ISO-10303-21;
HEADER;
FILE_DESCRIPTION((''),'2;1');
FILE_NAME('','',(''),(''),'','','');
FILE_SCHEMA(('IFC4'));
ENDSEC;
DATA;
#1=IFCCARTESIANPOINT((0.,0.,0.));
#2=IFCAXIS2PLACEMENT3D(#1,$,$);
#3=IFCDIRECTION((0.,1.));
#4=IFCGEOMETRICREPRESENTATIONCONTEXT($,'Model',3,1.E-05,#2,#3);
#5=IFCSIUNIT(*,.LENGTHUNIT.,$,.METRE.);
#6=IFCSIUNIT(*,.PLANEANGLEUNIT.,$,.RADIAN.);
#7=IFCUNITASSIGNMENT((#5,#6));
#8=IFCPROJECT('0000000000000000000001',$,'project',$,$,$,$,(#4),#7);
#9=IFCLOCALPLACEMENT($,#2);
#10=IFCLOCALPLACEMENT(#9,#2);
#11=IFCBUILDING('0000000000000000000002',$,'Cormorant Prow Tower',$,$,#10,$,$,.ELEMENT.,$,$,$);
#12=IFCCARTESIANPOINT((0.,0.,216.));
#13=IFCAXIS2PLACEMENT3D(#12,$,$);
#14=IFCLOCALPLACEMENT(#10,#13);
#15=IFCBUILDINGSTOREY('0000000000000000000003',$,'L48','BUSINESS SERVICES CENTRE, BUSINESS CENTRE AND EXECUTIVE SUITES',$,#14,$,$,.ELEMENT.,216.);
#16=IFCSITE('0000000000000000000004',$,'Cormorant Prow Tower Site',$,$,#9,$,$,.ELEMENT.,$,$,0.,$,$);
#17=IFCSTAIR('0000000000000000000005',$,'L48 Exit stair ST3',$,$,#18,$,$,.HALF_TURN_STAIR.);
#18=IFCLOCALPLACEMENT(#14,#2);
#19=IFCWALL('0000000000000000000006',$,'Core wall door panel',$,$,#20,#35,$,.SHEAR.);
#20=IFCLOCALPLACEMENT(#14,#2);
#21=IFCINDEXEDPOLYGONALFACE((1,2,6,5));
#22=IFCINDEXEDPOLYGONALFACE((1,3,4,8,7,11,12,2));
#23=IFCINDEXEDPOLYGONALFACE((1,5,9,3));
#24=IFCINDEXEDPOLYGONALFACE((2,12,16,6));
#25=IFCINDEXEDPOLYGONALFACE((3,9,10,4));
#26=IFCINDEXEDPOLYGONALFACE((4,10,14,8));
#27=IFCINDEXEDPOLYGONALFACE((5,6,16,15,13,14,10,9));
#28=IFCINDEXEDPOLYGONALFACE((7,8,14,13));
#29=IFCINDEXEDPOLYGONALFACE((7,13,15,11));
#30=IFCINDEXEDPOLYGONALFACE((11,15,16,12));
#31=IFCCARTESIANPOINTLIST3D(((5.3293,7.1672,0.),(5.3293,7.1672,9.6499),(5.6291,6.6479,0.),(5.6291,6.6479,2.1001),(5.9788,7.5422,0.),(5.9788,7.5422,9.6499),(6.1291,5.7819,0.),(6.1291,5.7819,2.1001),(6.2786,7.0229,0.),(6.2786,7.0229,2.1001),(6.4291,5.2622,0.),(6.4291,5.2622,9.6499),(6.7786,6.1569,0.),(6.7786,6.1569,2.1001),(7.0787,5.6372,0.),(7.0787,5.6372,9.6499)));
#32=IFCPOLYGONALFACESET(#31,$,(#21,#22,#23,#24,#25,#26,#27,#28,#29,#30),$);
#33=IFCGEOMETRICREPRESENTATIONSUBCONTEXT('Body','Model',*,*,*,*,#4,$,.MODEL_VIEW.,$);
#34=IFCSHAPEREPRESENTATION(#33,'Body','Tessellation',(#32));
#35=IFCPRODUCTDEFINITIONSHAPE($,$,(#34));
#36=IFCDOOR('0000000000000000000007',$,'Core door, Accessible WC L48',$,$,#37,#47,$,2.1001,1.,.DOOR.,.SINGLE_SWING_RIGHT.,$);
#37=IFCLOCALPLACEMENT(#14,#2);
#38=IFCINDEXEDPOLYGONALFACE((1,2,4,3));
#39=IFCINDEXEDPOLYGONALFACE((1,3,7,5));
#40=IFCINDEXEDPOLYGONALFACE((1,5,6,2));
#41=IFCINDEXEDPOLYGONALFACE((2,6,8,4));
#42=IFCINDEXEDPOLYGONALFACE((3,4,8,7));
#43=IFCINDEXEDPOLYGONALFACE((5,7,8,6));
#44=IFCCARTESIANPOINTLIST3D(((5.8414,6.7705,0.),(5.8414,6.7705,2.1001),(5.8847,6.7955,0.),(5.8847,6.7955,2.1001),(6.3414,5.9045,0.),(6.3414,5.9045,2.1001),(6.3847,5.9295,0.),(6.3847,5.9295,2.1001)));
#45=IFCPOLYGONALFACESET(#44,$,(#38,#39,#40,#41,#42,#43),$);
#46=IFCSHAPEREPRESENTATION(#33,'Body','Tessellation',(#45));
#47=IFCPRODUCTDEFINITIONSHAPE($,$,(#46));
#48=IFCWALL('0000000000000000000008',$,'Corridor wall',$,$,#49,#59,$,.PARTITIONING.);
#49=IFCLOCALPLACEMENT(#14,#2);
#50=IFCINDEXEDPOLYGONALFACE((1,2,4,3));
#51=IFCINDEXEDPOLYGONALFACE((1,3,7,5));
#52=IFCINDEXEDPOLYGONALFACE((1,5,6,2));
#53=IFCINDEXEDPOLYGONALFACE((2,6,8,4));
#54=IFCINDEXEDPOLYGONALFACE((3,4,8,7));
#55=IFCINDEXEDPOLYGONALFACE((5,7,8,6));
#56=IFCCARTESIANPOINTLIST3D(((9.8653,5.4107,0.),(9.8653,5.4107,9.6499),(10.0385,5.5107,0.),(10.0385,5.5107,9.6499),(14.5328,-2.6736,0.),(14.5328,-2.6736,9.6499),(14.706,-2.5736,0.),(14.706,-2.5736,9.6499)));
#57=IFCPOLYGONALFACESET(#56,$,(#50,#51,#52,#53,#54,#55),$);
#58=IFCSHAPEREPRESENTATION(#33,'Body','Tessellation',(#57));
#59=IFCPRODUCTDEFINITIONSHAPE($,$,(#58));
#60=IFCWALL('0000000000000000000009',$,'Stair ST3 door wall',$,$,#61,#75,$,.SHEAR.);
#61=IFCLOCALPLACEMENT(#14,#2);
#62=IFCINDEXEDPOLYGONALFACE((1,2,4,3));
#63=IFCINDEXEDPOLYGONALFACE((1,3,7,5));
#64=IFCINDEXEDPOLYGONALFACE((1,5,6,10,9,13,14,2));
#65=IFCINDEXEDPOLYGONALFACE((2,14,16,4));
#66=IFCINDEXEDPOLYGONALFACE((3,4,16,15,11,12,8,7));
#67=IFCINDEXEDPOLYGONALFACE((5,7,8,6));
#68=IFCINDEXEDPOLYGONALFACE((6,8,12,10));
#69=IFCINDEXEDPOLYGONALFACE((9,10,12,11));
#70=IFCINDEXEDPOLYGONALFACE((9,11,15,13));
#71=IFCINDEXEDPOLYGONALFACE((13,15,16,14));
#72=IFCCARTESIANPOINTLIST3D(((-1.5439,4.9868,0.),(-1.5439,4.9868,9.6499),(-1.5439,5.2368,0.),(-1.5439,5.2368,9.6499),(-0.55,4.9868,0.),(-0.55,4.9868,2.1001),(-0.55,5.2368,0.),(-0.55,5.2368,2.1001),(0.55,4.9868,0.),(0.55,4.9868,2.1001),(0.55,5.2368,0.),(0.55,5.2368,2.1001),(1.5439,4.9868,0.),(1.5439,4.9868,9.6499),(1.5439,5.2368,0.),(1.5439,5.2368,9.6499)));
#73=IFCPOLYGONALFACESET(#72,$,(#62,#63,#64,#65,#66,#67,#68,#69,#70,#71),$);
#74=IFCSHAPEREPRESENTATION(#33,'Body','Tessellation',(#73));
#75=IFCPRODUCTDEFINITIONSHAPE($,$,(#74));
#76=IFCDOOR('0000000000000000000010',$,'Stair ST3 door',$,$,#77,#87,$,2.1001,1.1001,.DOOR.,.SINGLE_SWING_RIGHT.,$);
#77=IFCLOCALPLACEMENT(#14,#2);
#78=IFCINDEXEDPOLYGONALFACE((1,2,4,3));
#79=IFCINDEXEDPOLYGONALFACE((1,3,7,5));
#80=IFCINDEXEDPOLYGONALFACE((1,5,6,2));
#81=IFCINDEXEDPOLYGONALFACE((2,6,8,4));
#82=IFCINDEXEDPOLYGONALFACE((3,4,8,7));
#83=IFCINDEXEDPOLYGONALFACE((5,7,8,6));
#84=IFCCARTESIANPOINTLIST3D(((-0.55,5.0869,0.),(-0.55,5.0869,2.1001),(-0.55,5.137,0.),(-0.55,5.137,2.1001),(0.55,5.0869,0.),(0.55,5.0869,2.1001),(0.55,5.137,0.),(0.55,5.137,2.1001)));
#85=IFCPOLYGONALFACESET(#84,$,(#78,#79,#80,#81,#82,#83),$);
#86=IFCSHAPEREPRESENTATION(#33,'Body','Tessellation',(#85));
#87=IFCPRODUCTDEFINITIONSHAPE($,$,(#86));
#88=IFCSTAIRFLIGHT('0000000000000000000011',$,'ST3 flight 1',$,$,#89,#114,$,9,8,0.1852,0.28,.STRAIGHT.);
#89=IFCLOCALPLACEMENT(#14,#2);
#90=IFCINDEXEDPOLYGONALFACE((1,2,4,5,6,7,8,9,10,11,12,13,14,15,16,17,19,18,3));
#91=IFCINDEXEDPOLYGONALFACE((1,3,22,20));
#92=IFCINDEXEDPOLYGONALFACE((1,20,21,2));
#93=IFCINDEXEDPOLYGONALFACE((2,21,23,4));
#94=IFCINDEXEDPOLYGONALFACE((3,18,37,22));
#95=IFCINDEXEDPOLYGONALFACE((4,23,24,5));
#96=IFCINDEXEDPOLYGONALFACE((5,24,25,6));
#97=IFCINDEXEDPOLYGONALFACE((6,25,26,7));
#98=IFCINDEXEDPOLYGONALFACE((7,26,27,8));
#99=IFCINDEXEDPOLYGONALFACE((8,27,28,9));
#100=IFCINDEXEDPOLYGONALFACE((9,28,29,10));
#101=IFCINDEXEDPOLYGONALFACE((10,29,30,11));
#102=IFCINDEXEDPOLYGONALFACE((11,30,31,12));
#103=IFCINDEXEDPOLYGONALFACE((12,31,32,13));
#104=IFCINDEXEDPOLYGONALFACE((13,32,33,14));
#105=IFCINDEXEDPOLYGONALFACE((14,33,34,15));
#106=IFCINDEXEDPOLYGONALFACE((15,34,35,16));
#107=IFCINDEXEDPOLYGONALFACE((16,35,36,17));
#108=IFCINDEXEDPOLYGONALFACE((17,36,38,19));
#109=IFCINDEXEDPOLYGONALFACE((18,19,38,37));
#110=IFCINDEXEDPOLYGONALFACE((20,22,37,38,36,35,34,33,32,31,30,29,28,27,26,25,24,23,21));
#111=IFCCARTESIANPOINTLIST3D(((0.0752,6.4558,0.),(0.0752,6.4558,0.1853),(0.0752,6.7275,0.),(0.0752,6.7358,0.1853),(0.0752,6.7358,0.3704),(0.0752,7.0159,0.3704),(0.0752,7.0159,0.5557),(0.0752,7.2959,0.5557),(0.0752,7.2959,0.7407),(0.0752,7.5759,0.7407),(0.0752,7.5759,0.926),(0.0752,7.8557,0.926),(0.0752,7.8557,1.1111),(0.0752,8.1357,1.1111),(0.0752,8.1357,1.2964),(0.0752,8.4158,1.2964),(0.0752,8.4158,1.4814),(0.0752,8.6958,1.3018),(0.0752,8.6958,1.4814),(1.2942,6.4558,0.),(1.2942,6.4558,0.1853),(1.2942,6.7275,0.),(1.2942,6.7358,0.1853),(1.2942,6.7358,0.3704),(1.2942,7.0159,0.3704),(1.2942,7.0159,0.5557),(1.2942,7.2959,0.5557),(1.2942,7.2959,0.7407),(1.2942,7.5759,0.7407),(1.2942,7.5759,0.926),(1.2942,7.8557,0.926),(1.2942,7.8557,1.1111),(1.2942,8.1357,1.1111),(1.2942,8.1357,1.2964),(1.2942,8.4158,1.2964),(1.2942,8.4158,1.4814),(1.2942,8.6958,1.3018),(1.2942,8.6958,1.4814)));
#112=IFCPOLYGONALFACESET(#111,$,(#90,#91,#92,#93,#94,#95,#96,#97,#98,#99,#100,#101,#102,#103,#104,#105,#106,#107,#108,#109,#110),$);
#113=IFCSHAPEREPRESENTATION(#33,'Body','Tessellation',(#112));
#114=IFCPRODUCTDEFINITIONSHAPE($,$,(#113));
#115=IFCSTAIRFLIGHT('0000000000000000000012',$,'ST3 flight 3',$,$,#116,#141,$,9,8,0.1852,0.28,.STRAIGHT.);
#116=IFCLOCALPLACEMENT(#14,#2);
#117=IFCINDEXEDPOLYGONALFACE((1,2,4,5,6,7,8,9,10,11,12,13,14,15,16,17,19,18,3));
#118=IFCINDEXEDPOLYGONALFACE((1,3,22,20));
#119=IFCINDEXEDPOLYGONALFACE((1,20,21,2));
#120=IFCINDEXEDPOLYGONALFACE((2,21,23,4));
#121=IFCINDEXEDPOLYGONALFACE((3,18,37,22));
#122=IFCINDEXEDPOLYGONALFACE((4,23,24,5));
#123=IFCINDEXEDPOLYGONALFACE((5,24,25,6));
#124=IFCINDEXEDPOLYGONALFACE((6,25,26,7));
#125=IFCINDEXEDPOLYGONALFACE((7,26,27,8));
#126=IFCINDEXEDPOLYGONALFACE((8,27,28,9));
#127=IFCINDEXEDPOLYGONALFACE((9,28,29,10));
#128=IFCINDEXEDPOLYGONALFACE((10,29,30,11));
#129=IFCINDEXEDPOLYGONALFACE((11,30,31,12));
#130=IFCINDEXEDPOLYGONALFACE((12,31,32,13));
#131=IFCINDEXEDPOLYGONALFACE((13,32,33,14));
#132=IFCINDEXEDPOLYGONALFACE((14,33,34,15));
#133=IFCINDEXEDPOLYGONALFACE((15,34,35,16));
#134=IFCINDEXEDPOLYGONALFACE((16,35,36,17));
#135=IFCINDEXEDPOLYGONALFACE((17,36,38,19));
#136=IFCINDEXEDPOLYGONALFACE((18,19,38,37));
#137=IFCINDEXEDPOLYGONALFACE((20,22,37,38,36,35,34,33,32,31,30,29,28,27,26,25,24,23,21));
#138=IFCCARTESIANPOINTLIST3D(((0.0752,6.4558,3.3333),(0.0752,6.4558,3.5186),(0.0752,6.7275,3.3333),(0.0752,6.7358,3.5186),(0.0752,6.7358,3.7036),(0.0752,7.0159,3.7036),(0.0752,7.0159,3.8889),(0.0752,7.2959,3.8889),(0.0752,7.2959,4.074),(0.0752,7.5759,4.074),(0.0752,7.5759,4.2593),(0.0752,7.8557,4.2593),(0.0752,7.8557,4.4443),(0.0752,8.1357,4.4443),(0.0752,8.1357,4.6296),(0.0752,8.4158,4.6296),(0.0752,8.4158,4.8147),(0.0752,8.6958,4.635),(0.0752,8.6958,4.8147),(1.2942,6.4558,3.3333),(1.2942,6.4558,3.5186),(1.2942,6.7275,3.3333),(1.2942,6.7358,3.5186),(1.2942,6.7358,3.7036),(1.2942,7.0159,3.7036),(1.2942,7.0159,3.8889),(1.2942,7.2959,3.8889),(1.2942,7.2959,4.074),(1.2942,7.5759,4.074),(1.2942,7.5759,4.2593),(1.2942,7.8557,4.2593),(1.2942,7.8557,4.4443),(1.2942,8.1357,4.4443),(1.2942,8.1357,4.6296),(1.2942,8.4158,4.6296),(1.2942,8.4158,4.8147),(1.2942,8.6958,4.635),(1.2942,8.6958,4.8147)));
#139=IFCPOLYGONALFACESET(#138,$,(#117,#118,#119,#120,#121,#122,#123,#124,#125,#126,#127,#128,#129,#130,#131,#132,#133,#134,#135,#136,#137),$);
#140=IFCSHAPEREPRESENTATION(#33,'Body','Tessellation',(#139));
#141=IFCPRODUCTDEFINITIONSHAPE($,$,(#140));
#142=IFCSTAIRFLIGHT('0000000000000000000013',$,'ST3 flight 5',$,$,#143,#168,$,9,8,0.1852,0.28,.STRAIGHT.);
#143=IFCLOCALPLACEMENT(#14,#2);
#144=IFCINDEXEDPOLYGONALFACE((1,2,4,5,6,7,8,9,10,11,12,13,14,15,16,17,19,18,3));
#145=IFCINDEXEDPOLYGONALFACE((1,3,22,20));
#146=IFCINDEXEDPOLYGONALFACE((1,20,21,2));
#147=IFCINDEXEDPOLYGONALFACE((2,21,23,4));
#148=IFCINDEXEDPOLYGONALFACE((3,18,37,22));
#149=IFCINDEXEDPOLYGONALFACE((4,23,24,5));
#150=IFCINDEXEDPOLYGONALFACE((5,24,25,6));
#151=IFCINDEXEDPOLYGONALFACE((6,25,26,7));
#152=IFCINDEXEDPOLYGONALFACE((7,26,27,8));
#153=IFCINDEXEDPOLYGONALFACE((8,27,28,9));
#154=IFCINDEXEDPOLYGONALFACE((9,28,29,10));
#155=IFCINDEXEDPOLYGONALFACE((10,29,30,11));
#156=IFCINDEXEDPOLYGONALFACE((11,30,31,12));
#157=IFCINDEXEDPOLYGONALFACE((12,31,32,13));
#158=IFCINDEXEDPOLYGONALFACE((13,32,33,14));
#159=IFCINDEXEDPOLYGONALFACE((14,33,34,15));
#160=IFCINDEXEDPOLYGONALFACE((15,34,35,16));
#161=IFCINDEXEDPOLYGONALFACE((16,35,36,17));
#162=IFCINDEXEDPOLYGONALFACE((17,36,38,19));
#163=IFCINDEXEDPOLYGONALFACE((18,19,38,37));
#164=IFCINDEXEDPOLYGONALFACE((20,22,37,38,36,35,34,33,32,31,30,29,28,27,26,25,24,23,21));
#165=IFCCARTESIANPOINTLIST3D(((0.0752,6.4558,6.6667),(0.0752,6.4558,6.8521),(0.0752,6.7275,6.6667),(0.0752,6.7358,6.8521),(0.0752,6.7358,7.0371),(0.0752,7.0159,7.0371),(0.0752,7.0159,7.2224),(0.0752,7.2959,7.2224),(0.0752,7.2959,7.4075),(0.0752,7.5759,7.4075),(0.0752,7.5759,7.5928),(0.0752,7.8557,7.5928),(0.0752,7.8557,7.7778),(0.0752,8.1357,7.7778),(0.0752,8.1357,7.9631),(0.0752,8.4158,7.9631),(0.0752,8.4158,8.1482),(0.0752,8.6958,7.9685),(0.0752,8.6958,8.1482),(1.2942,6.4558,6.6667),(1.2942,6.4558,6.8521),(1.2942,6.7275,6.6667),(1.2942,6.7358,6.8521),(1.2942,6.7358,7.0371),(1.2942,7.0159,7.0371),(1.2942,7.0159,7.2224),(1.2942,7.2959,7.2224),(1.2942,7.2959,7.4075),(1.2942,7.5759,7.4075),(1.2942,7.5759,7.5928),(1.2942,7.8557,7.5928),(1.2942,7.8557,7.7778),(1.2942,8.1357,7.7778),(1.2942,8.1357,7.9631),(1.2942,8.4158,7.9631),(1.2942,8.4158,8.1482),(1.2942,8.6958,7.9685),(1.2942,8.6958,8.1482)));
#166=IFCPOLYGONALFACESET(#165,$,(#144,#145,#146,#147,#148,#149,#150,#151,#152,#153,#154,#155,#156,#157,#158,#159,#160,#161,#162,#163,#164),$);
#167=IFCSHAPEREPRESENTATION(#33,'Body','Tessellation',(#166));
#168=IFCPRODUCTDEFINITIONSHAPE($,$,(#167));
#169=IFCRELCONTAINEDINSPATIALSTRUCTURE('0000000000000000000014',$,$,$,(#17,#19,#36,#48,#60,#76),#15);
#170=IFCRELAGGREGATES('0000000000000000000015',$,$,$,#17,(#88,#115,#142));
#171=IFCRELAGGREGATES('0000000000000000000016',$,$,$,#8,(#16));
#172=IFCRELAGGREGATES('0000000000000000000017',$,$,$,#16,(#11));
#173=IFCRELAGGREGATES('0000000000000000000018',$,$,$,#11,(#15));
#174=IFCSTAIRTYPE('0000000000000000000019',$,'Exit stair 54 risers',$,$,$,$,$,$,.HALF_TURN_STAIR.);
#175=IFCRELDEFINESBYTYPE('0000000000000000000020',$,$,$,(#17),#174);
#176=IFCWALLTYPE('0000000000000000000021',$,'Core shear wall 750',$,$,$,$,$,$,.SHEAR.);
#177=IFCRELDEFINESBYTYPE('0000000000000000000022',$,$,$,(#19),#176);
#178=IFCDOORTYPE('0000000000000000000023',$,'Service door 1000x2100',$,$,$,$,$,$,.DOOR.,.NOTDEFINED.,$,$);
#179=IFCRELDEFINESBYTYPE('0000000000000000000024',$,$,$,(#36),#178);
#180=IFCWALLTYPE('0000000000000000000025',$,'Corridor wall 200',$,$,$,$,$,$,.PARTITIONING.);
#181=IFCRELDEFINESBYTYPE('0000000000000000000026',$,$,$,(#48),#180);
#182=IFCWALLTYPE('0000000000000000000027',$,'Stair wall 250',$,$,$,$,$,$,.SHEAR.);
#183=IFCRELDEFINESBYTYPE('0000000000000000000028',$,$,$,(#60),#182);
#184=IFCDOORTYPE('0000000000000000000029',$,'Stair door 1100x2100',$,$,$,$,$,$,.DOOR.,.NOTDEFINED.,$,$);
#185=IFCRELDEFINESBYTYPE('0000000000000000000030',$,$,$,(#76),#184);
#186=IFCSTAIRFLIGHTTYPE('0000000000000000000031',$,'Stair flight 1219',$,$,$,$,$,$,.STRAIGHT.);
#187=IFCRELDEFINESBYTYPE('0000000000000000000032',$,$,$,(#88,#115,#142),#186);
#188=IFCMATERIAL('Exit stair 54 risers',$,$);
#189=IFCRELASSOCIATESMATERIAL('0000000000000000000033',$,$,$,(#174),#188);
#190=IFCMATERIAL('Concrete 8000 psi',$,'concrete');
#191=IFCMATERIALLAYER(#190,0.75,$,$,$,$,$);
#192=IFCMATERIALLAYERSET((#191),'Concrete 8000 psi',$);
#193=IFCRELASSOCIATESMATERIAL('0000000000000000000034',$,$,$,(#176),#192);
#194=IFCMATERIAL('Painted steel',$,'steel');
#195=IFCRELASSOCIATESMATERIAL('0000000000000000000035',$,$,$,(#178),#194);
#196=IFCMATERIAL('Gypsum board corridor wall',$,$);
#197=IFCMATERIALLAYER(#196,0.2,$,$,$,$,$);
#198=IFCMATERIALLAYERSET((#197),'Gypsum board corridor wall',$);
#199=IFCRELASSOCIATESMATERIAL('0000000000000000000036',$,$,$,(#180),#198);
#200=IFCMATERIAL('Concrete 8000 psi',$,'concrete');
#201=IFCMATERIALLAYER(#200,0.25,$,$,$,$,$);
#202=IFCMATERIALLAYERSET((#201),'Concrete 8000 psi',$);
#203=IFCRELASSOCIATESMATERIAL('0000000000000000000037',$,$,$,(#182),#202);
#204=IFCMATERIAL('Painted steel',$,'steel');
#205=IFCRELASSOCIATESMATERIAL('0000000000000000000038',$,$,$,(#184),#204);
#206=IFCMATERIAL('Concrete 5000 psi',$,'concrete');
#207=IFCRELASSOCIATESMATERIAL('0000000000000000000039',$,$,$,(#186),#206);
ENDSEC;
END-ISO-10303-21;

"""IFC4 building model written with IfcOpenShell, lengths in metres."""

from ifc_helpers import new_model, si_unit, direction, frame, frame_2d, origin, place, context, subcontext, project, spatial, polyline, rectangle, outline, extrude, material, layer, layer_set, type_object, element, fill, aggregate, save


model = new_model("IFC4")

# Units and contexts
model_context = context("Model", 3, precision=1e-05, world=origin(), true_north=direction((0.0, 1.0)))
body_context = subcontext(model_context, "Body", "Model", "MODEL_VIEW")
ifc_project = project(units=[si_unit("LENGTHUNIT", "METRE"), si_unit("PLANEANGLEUNIT", "RADIAN")], contexts=[model_context])

# Site, building, storey
site_placement = place(None, origin())
site = spatial("IfcSite", under=ifc_project, at=site_placement, Name="Cormorant Prow Tower Site", CompositionType="ELEMENT", RefElevation=0.0)
building_placement = place(site_placement, origin())
building = spatial("IfcBuilding", under=site, at=building_placement, Name="Cormorant Prow Tower", CompositionType="ELEMENT")
storey_placement = place(building_placement, frame((0.0, 0.0, 216.0)))
storey = spatial("IfcBuildingStorey", under=building, at=storey_placement, Name="L48", Description="BUSINESS SERVICES CENTRE, BUSINESS CENTRE AND EXECUTIVE SUITES", CompositionType="ELEMENT", Elevation=216.0)

# Stair
ifc_material_1 = material(Name="Exit stair 54 risers")
stair_type = type_object("IfcStairType", Name="Exit stair 54 risers", PredefinedType="HALF_TURN_STAIR", material=ifc_material_1)
stair_placement = place(storey_placement, origin())
stair = element("IfcStair", 1, at=stair_placement, inside=storey, type_object=stair_type, Name="L48 Exit stair ST3", PredefinedType="HALF_TURN_STAIR")

# Shared definitions
ifc_material_2 = material(Name="Concrete 8000 psi", Category="concrete")
ifc_layer_1 = layer(ifc_material_2, 0.75)
ifc_layer_set_1 = layer_set([ifc_layer_1], Name="Concrete 8000 psi")
wall_type_1 = type_object("IfcWallType", Name="Core shear wall 750", PredefinedType="SHEAR", material=ifc_layer_set_1)

# Wall, opening, door
ifc_material_3 = material(Name="Painted steel", Category="steel")
door_type_1 = type_object("IfcDoorType", Name="Service door 1000x2100", OperationType="NOTDEFINED", PredefinedType="DOOR", material=ifc_material_3)
wall_1_placement = place(storey_placement, frame((6.7539, 5.4497, 0.0), z_axis=(0.0, 0.0, 1.0), x_axis=(-0.499995, 0.866028, 0.0)))
wall_1 = element("IfcWall", 2, at=wall_1_placement, inside=storey, type_object=wall_type_1, Name="Core wall door panel", PredefinedType="SHEAR", context=body_context, shape_type="SweptSolid", body=[
    extrude(rectangle(XDim=2.1997, YDim=0.75, at=frame_2d((1.0999, 0.0))), origin(), (0.0, 0.0, 1.0), 9.6499),
])
opening_1_placement = place(wall_1_placement, frame((0.6001, 0.0, 0.0)))
opening_1 = element("IfcOpeningElement", 3, at=opening_1_placement, cuts=wall_1, PredefinedType="OPENING", context=body_context, shape_type="SweptSolid", body=[
    extrude(rectangle(XDim=1.0, YDim=2.1001, at=frame_2d((0.5, 1.05))), frame((0.0, 0.385, 0.0), z_axis=(0.0, -1.0, 0.0), x_axis=(1.0, 0.0, 0.0)), (0.0, 0.0, 1.0), 0.77),
])
door_1_placement = place(opening_1_placement, origin())
door_1 = element("IfcDoor", 4, at=door_1_placement, inside=storey, type_object=door_type_1, Name="Core door, Accessible WC L48", OperationType="SINGLE_SWING_RIGHT", OverallHeight=2.1001, OverallWidth=1.0, PredefinedType="DOOR", context=body_context, shape_type="SweptSolid", body=[
    extrude(rectangle(XDim=1.0, YDim=2.1001, at=frame_2d((0.5, 1.05))), frame((0.0, 0.1299, 0.0), z_axis=(0.0, -1.0, 0.0), x_axis=(1.0, 0.0, 0.0)), (0.0, 0.0, 1.0), 0.05),
])
fill(opening_1, door_1)

# Wall
ifc_material_4 = material(Name="Gypsum board corridor wall")
ifc_layer_2 = layer(ifc_material_4, 0.2)
ifc_layer_set_2 = layer_set([ifc_layer_2], Name="Gypsum board corridor wall")
wall_type_2 = type_object("IfcWallType", Name="Corridor wall 200", PredefinedType="PARTITIONING", material=ifc_layer_set_2)
wall_2_placement = place(storey_placement, frame((9.9519, 5.4607, 0.0), z_axis=(0.0, 0.0, 1.0), x_axis=(0.500004, -0.866023, 0.0)))
element("IfcWall", 5, at=wall_2_placement, inside=storey, type_object=wall_type_2, Name="Corridor wall", PredefinedType="PARTITIONING", context=body_context, shape_type="SweptSolid", body=[
    extrude(rectangle(XDim=9.335, YDim=0.2, at=frame_2d((4.6675, 0.0))), origin(), (0.0, 0.0, 1.0), 9.6499),
])

# Wall, opening, door
ifc_material_5 = material(Name="Concrete 8000 psi", Category="concrete")
ifc_layer_3 = layer(ifc_material_5, 0.25)
ifc_layer_set_3 = layer_set([ifc_layer_3], Name="Concrete 8000 psi")
wall_type_3 = type_object("IfcWallType", Name="Stair wall 250", PredefinedType="SHEAR", material=ifc_layer_set_3)
wall_3_placement = place(storey_placement, frame((1.5439, 5.1118, 0.0), z_axis=(0.0, 0.0, 1.0), x_axis=(-1.0, 0.0, 0.0)))
wall_3 = element("IfcWall", 6, at=wall_3_placement, inside=storey, type_object=wall_type_3, Name="Stair ST3 door wall", PredefinedType="SHEAR", context=body_context, shape_type="SweptSolid", body=[
    extrude(rectangle(XDim=3.0879, YDim=0.25, at=frame_2d((1.5439, 0.0))), origin(), (0.0, 0.0, 1.0), 9.6499),
])
opening_2_placement = place(wall_3_placement, frame((0.9939, 0.0, 0.0)))
opening_2 = element("IfcOpeningElement", 7, at=opening_2_placement, cuts=wall_3, PredefinedType="OPENING", context=body_context, shape_type="SweptSolid", body=[
    extrude(rectangle(XDim=1.1001, YDim=2.1001, at=frame_2d((0.55, 1.05))), frame((0.0, 0.135, 0.0), z_axis=(0.0, -1.0, 0.0), x_axis=(1.0, 0.0, 0.0)), (0.0, 0.0, 1.0), 0.27),
])
ifc_material_6 = material(Name="Painted steel", Category="steel")
door_type_2 = type_object("IfcDoorType", Name="Stair door 1100x2100", OperationType="NOTDEFINED", PredefinedType="DOOR", material=ifc_material_6)
door_2_placement = place(opening_2_placement, origin())
door_2 = element("IfcDoor", 8, at=door_2_placement, inside=storey, type_object=door_type_2, Name="Stair ST3 door", OperationType="SINGLE_SWING_RIGHT", OverallHeight=2.1001, OverallWidth=1.1001, PredefinedType="DOOR", context=body_context, shape_type="SweptSolid", body=[
    extrude(rectangle(XDim=1.1001, YDim=2.1001, at=frame_2d((0.55, 1.05))), frame((0.0, 0.0249, 0.0), z_axis=(0.0, -1.0, 0.0), x_axis=(1.0, 0.0, 0.0)), (0.0, 0.0, 1.0), 0.05),
])
fill(opening_2, door_2)

# Stair flights
ifc_material_7 = material(Name="Concrete 5000 psi", Category="concrete")
stair_flight_type = type_object("IfcStairFlightType", Name="Stair flight 1219", PredefinedType="STRAIGHT", material=ifc_material_7)
stair_flight_1_placement = place(storey_placement, frame((0.6846, 6.4558, 0.0), z_axis=(0.0, 0.0, 1.0), x_axis=(0.0, 1.0, 0.0)))
stair_flight_1 = element("IfcStairFlight", 9, at=stair_flight_1_placement, type_object=stair_flight_type, Name="ST3 flight 1", NumberOfRisers=9, NumberOfTreads=8, PredefinedType="STRAIGHT", RiserHeight=0.1852, TreadLength=0.28, context=body_context, shape_type="SweptSolid", body=[
    extrude(outline(polyline([(0.0, 0.0), (0.0, 0.1853), (0.28, 0.1853), (0.28, 0.3704), (0.5601, 0.3704), (0.5601, 0.5557), (0.8401, 0.5557), (0.8401, 0.7407), (1.1201, 0.7407), (1.1201, 0.926), (1.3999, 0.926), (1.3999, 1.1111), (1.6799, 1.1111), (1.6799, 1.2964), (1.96, 1.2964), (1.96, 1.4814), (2.24, 1.4814), (2.24, 1.6667), (2.24, 1.3018), (0.2717, 0.0), (0.0, 0.0)])), frame((0.0, 0.6094, 0.0), z_axis=(0.0, -1.0, 0.0), x_axis=(1.0, 0.0, 0.0)), (0.0, 0.0, 1.0), 1.219),
])
stair_flight_2_placement = place(storey_placement, frame((0.6846, 6.4558, 3.3333), z_axis=(0.0, 0.0, 1.0), x_axis=(0.0, 1.0, 0.0)))
stair_flight_2 = element("IfcStairFlight", 10, at=stair_flight_2_placement, type_object=stair_flight_type, Name="ST3 flight 3", NumberOfRisers=9, NumberOfTreads=8, PredefinedType="STRAIGHT", RiserHeight=0.1852, TreadLength=0.28, context=body_context, shape_type="SweptSolid", body=[
    extrude(outline(polyline([(0.0, 0.0), (0.0, 0.1853), (0.28, 0.1853), (0.28, 0.3704), (0.5601, 0.3704), (0.5601, 0.5557), (0.8401, 0.5557), (0.8401, 0.7407), (1.1201, 0.7407), (1.1201, 0.926), (1.3999, 0.926), (1.3999, 1.1111), (1.6799, 1.1111), (1.6799, 1.2964), (1.96, 1.2964), (1.96, 1.4814), (2.24, 1.4814), (2.24, 1.6667), (2.24, 1.3018), (0.2717, 0.0), (0.0, 0.0)])), frame((0.0, 0.6094, 0.0), z_axis=(0.0, -1.0, 0.0), x_axis=(1.0, 0.0, 0.0)), (0.0, 0.0, 1.0), 1.219),
])
stair_flight_3_placement = place(storey_placement, frame((0.6846, 6.4558, 6.6667), z_axis=(0.0, 0.0, 1.0), x_axis=(0.0, 1.0, 0.0)))
stair_flight_3 = element("IfcStairFlight", 11, at=stair_flight_3_placement, type_object=stair_flight_type, Name="ST3 flight 5", NumberOfRisers=9, NumberOfTreads=8, PredefinedType="STRAIGHT", RiserHeight=0.1852, TreadLength=0.28, context=body_context, shape_type="SweptSolid", body=[
    extrude(outline(polyline([(0.0, 0.0), (0.0, 0.1853), (0.28, 0.1853), (0.28, 0.3704), (0.5601, 0.3704), (0.5601, 0.5557), (0.8401, 0.5557), (0.8401, 0.7407), (1.1201, 0.7407), (1.1201, 0.926), (1.3999, 0.926), (1.3999, 1.1111), (1.6799, 1.1111), (1.6799, 1.2964), (1.96, 1.2964), (1.96, 1.4814), (2.24, 1.4814), (2.24, 1.6667), (2.24, 1.3018), (0.2717, 0.0), (0.0, 0.0)])), frame((0.0, 0.6094, 0.0), z_axis=(0.0, -1.0, 0.0), x_axis=(1.0, 0.0, 0.0)), (0.0, 0.0, 1.0), 1.219),
])
aggregate(stair, [stair_flight_1, stair_flight_2, stair_flight_3])

save(model, "model.ifc")
